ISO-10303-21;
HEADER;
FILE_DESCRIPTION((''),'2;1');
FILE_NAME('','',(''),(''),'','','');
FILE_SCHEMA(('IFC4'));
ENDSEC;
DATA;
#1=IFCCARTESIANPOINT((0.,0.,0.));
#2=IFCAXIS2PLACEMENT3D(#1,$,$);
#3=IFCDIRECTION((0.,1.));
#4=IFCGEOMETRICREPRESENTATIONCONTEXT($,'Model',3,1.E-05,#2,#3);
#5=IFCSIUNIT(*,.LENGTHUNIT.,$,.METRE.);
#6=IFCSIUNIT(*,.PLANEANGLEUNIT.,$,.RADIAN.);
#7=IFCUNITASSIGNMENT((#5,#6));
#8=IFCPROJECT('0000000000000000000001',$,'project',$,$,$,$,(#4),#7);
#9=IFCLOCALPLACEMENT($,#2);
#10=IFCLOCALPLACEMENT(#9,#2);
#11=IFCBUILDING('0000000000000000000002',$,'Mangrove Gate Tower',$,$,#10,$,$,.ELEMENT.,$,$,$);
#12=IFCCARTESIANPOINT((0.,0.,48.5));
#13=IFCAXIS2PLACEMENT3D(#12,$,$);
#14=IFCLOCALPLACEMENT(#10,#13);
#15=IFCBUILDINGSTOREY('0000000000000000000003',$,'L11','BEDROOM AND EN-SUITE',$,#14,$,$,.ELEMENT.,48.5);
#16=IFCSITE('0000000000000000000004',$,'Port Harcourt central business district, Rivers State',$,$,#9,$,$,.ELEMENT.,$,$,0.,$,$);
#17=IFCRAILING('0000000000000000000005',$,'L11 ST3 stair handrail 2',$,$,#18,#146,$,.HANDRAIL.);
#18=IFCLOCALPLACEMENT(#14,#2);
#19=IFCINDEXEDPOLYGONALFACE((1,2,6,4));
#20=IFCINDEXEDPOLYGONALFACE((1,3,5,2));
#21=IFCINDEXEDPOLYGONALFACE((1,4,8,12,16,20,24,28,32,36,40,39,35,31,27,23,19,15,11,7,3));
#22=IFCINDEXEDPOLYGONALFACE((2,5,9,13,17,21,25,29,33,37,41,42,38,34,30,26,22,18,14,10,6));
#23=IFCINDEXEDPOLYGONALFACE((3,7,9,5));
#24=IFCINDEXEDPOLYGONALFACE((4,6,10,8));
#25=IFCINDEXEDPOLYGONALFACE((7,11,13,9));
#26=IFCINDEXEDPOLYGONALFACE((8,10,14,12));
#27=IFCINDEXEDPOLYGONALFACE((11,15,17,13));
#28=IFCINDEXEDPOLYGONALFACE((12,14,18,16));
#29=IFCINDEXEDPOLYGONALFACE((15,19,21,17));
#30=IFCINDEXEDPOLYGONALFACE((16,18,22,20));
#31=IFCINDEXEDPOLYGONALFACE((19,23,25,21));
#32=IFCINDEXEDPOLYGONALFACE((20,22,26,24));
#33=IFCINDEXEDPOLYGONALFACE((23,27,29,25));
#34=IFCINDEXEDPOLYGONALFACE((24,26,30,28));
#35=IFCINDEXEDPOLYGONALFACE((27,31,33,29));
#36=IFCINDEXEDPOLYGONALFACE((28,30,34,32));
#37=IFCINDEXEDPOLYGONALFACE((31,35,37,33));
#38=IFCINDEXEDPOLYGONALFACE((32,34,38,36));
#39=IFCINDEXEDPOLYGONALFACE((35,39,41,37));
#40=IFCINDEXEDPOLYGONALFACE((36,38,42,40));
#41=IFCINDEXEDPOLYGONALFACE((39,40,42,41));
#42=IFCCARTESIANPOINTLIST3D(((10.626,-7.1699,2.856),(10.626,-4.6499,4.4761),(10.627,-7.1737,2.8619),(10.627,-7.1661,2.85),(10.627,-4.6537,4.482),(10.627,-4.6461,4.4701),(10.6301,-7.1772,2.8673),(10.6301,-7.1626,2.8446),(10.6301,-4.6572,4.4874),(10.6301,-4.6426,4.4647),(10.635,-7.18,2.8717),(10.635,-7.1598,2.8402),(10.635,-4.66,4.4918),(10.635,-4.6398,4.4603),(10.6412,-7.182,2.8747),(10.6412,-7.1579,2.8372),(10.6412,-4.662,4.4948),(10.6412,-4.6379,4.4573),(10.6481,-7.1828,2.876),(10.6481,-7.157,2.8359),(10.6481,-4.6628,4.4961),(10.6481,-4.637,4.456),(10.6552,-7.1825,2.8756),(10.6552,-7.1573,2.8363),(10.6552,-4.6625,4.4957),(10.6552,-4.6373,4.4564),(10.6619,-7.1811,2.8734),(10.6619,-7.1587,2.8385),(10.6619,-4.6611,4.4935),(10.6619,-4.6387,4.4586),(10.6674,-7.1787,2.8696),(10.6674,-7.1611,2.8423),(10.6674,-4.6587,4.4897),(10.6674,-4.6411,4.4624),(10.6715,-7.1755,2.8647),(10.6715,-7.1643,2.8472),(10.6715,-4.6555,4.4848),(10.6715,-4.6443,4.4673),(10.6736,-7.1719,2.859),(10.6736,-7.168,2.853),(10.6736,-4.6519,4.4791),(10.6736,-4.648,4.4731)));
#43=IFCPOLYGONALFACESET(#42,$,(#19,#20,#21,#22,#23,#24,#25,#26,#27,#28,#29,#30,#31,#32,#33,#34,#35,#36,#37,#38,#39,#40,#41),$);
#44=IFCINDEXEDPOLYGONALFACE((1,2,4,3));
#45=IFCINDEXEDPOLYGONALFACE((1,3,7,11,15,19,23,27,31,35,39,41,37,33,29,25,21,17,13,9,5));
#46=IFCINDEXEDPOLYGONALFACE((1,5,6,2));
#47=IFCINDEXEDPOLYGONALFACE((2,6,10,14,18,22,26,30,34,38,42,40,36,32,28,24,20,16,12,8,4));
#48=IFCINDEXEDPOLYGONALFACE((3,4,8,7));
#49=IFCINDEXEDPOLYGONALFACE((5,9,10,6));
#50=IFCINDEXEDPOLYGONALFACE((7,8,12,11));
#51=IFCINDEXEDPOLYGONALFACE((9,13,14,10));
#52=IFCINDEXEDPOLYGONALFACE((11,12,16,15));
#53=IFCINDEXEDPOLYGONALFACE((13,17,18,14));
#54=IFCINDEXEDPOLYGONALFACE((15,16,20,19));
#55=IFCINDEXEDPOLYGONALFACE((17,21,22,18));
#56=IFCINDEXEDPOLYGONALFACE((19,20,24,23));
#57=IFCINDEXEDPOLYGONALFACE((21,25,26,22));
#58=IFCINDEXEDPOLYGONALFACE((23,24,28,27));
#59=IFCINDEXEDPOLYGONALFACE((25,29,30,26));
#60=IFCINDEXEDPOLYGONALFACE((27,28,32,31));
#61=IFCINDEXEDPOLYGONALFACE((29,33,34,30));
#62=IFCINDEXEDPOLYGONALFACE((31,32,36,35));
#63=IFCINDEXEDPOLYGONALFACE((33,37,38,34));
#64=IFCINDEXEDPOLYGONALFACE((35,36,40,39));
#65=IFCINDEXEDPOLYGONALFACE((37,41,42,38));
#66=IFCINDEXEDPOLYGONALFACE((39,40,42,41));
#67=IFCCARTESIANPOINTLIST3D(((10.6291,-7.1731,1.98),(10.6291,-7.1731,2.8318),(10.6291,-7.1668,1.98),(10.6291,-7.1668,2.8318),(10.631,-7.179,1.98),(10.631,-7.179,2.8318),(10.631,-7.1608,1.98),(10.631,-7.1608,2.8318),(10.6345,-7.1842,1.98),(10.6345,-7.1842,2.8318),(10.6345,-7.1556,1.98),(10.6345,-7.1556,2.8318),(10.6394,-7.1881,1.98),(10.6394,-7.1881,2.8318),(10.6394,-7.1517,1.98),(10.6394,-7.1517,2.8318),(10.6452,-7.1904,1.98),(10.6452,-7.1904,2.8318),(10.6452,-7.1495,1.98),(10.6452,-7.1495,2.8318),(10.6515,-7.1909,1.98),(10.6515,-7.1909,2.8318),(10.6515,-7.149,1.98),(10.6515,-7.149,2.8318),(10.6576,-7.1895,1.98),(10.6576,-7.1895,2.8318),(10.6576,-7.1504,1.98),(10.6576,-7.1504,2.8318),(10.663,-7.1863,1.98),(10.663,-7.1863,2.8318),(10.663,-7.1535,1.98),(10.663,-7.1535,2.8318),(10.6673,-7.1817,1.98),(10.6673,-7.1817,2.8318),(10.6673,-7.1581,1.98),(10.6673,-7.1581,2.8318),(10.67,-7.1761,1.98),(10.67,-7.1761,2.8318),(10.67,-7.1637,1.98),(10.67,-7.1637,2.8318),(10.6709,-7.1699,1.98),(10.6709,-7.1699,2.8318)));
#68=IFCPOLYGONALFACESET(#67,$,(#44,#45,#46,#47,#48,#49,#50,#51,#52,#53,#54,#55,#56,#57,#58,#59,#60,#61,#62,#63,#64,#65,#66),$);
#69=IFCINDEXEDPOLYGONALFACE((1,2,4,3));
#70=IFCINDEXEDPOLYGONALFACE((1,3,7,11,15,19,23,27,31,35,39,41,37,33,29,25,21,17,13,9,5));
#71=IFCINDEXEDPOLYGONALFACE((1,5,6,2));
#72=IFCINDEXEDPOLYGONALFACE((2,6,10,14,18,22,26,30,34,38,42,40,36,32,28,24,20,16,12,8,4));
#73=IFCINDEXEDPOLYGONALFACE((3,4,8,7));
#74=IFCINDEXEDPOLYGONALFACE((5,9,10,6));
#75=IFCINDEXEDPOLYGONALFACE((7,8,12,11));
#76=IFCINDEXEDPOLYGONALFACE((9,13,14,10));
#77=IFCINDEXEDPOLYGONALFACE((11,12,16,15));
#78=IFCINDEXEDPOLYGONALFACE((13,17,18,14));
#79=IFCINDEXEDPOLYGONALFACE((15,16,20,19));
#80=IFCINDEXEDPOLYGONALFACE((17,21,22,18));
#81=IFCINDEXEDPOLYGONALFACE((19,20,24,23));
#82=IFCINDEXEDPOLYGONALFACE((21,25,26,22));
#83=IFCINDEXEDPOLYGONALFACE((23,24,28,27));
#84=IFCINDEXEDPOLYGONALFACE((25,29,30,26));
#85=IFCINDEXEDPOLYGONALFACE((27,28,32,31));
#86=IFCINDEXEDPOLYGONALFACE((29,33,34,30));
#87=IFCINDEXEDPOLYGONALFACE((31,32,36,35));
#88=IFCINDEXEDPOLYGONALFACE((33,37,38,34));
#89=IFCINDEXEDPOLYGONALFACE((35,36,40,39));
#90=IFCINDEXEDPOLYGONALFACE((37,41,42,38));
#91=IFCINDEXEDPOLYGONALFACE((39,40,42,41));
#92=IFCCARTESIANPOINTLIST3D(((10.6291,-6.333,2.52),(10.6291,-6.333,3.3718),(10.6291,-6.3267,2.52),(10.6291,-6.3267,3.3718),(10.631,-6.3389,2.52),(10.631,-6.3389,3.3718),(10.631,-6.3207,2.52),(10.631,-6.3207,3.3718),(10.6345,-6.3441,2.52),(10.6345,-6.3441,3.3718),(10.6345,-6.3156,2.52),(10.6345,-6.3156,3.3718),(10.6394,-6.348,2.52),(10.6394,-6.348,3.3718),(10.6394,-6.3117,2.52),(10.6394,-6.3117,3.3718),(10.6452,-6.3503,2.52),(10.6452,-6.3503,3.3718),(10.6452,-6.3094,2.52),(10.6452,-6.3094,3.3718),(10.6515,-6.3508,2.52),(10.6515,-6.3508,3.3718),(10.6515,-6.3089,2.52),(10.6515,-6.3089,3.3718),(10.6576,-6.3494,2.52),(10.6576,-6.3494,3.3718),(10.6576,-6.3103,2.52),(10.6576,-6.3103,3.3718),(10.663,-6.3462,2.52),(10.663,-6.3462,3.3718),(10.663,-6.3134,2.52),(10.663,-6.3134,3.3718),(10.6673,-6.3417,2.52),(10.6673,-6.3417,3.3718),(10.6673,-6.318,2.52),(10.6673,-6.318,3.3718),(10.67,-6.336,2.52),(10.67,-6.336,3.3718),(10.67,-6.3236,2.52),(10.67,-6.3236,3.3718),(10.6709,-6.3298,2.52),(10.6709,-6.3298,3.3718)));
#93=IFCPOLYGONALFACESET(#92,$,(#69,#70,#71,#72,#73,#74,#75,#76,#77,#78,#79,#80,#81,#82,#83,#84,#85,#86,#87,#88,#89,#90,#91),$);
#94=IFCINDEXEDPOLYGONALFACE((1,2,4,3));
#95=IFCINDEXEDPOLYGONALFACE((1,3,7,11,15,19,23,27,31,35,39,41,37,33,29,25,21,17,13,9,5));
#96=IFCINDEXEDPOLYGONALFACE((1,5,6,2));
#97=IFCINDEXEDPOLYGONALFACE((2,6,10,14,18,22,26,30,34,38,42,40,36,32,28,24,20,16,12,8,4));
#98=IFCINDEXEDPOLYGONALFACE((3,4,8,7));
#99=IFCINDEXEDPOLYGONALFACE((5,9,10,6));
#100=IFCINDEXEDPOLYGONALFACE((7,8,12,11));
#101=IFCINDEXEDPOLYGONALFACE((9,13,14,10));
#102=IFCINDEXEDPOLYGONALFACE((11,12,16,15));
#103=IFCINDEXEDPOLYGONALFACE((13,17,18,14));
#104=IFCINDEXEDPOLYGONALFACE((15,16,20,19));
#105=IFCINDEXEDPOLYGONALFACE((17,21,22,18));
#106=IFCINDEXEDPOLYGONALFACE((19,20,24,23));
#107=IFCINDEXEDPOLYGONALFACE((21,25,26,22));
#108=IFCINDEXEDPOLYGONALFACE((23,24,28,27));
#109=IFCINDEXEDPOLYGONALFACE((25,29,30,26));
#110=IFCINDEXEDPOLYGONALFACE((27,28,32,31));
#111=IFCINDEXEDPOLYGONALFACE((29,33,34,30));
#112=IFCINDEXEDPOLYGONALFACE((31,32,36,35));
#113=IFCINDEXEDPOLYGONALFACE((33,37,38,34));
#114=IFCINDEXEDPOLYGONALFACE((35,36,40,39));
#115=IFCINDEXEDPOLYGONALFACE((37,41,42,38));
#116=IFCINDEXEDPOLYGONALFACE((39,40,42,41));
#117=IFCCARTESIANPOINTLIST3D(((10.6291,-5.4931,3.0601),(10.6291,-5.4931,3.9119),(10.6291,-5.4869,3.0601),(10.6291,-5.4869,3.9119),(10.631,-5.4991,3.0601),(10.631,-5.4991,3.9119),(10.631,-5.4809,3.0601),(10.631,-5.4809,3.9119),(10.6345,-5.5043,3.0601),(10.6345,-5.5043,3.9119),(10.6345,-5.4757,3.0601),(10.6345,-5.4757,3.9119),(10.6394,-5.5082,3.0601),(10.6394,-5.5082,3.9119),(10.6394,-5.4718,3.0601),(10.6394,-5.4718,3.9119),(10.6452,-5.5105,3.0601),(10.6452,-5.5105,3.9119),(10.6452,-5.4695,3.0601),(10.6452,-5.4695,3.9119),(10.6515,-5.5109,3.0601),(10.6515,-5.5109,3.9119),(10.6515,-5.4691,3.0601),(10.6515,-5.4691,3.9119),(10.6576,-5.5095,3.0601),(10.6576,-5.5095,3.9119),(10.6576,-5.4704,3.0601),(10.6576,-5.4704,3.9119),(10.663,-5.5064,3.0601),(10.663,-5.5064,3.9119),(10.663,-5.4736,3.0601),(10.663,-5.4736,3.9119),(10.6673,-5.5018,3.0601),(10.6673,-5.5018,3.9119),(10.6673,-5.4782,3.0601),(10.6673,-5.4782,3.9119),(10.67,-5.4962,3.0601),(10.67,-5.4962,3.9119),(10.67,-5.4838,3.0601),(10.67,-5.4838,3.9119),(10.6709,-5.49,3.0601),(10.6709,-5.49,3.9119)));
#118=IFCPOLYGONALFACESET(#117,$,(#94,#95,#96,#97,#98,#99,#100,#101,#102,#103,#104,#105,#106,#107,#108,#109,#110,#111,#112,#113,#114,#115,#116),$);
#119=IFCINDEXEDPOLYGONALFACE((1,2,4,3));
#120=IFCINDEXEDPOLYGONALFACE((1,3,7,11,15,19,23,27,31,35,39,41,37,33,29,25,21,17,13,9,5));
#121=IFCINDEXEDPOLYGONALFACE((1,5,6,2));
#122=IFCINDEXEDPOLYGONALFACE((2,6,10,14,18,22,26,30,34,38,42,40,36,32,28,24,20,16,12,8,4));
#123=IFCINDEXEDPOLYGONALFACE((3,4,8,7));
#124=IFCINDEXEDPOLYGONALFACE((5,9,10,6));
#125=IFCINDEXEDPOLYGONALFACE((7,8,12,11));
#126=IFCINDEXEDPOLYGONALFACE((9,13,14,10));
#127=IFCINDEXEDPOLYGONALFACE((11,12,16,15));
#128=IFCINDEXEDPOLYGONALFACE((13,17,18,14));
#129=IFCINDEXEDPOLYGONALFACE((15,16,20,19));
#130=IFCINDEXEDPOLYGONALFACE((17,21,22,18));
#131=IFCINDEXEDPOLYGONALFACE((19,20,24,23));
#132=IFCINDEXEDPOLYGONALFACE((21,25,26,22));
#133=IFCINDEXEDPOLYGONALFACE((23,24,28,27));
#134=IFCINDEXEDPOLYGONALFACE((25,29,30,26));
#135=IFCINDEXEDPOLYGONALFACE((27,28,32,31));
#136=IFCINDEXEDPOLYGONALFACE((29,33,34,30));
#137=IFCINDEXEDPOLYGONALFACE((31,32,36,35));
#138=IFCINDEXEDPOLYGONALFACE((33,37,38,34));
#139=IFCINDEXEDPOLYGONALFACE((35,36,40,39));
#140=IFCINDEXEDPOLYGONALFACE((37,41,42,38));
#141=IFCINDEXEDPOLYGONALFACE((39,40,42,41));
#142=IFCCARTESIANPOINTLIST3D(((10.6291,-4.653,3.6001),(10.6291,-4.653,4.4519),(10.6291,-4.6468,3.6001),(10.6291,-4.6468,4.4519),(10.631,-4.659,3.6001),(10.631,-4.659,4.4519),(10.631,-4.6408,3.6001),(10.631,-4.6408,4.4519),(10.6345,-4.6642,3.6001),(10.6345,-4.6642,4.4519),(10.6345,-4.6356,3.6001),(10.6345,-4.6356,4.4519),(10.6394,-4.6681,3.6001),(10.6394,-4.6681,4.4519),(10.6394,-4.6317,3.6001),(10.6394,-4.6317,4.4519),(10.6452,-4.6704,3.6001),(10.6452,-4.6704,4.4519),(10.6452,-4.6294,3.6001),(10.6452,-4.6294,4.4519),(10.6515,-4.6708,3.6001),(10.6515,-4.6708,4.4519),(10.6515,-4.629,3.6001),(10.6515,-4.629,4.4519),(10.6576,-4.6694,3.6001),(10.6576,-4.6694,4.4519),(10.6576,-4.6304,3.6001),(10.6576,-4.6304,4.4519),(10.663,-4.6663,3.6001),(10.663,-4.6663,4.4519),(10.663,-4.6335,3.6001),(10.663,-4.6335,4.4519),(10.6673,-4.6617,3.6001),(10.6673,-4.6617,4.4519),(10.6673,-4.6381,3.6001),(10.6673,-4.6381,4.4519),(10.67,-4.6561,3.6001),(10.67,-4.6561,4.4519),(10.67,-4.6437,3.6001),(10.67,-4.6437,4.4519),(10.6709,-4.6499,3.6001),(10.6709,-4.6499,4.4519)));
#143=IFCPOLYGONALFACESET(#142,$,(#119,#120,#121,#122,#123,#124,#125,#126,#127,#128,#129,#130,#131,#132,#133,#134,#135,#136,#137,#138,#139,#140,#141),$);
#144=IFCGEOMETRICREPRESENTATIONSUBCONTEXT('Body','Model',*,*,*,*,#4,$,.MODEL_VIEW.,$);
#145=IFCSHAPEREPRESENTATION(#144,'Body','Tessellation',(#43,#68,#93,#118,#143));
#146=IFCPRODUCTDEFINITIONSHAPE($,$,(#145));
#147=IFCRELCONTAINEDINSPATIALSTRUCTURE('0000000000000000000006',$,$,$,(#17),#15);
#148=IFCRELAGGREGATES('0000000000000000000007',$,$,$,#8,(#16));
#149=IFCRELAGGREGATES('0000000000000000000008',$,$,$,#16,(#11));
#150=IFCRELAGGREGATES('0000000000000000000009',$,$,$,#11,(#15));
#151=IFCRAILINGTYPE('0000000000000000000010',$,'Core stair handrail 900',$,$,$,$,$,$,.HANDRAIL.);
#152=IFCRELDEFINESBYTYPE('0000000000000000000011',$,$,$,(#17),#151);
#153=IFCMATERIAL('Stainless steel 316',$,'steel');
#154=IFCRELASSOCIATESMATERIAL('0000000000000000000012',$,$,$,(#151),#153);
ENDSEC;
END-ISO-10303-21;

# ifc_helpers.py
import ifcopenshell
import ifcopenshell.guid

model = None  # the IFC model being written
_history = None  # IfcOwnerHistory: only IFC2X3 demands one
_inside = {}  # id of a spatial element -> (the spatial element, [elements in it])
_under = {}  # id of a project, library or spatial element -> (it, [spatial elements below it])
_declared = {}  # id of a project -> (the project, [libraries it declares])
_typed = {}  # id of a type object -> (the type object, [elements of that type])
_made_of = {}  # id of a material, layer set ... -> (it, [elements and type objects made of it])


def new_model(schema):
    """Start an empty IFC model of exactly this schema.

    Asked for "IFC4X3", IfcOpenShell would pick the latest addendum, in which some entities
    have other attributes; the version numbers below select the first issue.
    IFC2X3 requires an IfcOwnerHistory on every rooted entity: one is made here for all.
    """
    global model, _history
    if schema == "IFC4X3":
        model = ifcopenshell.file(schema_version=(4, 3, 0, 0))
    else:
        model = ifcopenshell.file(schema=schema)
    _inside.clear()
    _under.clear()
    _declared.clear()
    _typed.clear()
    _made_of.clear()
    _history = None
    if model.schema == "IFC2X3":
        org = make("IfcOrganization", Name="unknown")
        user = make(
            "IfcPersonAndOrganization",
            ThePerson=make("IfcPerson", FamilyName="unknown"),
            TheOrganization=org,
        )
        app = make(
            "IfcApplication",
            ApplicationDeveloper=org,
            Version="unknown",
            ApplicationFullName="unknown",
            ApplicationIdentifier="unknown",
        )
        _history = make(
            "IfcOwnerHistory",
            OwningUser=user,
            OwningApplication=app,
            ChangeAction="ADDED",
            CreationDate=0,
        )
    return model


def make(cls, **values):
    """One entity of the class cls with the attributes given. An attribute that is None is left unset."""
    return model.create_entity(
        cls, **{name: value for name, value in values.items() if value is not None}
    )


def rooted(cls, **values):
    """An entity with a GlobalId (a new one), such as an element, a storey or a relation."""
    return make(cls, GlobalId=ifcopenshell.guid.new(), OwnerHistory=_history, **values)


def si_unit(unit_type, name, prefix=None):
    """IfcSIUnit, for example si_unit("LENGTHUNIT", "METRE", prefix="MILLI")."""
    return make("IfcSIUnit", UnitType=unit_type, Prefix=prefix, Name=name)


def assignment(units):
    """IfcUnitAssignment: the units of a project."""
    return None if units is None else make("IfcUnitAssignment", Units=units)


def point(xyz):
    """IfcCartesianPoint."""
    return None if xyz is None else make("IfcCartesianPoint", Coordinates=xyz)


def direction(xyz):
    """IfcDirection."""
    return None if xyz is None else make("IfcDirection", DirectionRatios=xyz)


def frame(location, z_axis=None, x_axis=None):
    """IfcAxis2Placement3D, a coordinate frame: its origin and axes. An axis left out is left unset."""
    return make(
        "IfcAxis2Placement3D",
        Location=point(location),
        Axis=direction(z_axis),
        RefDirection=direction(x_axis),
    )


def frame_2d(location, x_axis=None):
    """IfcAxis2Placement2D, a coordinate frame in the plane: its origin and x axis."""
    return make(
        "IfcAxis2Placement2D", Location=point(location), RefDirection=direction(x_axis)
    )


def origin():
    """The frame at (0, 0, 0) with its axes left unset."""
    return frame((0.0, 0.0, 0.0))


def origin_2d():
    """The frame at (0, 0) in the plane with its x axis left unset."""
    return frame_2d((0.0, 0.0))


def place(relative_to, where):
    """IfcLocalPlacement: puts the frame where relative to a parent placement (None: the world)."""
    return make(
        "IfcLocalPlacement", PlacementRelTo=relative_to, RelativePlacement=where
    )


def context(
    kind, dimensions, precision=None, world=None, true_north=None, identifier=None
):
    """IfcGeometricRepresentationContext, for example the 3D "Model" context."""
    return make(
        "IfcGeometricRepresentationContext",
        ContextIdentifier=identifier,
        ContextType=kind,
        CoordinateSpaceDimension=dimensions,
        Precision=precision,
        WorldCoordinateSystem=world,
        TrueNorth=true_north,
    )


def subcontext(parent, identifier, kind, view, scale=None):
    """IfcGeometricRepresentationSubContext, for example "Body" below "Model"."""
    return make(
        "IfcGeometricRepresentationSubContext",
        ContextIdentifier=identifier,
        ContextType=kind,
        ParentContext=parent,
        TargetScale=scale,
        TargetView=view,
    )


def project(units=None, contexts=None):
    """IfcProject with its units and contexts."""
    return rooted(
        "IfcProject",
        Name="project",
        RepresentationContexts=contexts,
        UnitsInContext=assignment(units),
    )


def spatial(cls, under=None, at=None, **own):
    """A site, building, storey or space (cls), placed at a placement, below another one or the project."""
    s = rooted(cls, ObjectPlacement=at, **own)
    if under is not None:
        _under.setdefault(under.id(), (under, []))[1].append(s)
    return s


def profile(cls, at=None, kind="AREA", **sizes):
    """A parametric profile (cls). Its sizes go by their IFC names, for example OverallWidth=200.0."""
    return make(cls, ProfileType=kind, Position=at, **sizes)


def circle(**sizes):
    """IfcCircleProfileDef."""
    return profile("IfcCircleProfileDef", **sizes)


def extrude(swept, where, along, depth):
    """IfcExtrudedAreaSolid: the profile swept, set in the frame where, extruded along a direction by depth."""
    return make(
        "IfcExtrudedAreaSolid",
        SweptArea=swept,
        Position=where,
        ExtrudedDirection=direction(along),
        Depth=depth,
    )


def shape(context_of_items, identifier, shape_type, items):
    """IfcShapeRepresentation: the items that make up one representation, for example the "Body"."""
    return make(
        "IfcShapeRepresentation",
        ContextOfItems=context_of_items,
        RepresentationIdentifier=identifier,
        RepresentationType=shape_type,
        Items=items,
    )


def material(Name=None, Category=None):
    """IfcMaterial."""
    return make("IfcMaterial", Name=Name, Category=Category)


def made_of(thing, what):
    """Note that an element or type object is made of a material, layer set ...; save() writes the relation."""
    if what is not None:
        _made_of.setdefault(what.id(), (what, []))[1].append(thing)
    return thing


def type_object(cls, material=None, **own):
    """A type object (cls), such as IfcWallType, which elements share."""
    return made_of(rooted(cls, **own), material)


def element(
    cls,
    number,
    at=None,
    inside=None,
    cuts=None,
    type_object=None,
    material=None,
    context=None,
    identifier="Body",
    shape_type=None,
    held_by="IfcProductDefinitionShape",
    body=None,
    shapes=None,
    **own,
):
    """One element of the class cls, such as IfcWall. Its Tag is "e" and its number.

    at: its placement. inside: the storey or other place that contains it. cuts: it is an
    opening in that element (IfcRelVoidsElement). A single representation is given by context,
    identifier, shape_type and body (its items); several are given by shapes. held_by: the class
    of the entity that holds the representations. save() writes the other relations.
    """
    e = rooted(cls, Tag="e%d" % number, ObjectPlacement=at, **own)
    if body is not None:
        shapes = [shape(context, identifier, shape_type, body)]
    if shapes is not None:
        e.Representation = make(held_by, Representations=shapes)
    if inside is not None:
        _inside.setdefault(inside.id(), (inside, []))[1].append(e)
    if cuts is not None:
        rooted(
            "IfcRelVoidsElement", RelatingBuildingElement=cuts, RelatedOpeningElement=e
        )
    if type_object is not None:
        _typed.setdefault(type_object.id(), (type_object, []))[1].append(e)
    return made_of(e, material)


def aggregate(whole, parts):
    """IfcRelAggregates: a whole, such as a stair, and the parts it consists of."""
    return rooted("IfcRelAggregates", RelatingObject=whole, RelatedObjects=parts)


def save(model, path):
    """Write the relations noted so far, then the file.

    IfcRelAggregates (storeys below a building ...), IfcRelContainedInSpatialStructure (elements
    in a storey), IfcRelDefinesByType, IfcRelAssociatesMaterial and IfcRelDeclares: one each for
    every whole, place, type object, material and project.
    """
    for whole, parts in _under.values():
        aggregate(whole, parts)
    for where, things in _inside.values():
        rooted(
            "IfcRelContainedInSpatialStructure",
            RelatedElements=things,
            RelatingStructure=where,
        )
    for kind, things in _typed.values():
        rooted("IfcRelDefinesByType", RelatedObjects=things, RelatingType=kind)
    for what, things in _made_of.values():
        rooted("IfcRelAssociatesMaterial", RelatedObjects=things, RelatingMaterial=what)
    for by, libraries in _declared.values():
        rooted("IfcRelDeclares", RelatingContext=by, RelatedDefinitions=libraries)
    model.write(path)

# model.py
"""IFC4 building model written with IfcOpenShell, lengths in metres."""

from ifc_helpers import new_model, si_unit, direction, frame, origin, origin_2d, place, context, subcontext, project, spatial, circle, extrude, material, type_object, element, save


model = new_model("IFC4")

# Units and contexts
model_context = context("Model", 3, precision=1e-05, world=origin(), true_north=direction((0.0, 1.0)))
body_context = subcontext(model_context, "Body", "Model", "MODEL_VIEW")
ifc_project = project(units=[si_unit("LENGTHUNIT", "METRE"), si_unit("PLANEANGLEUNIT", "RADIAN")], contexts=[model_context])

# Site, building, storey
site_placement = place(None, origin())
site = spatial("IfcSite", under=ifc_project, at=site_placement, Name="Port Harcourt central business district, Rivers State", CompositionType="ELEMENT", RefElevation=0.0)
building_placement = place(site_placement, origin())
building = spatial("IfcBuilding", under=site, at=building_placement, Name="Mangrove Gate Tower", CompositionType="ELEMENT")
storey_placement = place(building_placement, frame((0.0, 0.0, 48.5)))
storey = spatial("IfcBuildingStorey", under=building, at=storey_placement, Name="L11", Description="BEDROOM AND EN-SUITE", CompositionType="ELEMENT", Elevation=48.5)

# Railing
ifc_material_1 = material(Name="Stainless steel 316", Category="steel")
railing_type_1 = type_object("IfcRailingType", Name="Core stair handrail 900", PredefinedType="HANDRAIL", material=ifc_material_1)
railing_1_placement = place(storey_placement, frame((10.6499, -7.1699, 1.98)))
element("IfcRailing", 1, at=railing_1_placement, inside=storey, type_object=railing_type_1, Name="L11 ST3 stair handrail 2", PredefinedType="HANDRAIL", context=body_context, shape_type="SweptSolid", body=[
    extrude(circle(Radius=0.0239, at=origin_2d()), frame((0.0, 0.0, 0.876), z_axis=(0.0, 0.841163, 0.540782), x_axis=(-1.0, 0.0, 0.0)), (0.0, 0.0, 1.0), 2.9958),
    extrude(circle(Radius=0.021, at=origin_2d()), origin(), (0.0, 0.0, 1.0), 0.8518),
    extrude(circle(Radius=0.021, at=origin_2d()), frame((0.0, 0.8401, 0.54)), (0.0, 0.0, 1.0), 0.8518),
    extrude(circle(Radius=0.021, at=origin_2d()), frame((0.0, 1.6799, 1.0801)), (0.0, 0.0, 1.0), 0.8518),
    extrude(circle(Radius=0.021, at=origin_2d()), frame((0.0, 2.52, 1.6201)), (0.0, 0.0, 1.0), 0.8518),
])

save(model, "model.ifc")
